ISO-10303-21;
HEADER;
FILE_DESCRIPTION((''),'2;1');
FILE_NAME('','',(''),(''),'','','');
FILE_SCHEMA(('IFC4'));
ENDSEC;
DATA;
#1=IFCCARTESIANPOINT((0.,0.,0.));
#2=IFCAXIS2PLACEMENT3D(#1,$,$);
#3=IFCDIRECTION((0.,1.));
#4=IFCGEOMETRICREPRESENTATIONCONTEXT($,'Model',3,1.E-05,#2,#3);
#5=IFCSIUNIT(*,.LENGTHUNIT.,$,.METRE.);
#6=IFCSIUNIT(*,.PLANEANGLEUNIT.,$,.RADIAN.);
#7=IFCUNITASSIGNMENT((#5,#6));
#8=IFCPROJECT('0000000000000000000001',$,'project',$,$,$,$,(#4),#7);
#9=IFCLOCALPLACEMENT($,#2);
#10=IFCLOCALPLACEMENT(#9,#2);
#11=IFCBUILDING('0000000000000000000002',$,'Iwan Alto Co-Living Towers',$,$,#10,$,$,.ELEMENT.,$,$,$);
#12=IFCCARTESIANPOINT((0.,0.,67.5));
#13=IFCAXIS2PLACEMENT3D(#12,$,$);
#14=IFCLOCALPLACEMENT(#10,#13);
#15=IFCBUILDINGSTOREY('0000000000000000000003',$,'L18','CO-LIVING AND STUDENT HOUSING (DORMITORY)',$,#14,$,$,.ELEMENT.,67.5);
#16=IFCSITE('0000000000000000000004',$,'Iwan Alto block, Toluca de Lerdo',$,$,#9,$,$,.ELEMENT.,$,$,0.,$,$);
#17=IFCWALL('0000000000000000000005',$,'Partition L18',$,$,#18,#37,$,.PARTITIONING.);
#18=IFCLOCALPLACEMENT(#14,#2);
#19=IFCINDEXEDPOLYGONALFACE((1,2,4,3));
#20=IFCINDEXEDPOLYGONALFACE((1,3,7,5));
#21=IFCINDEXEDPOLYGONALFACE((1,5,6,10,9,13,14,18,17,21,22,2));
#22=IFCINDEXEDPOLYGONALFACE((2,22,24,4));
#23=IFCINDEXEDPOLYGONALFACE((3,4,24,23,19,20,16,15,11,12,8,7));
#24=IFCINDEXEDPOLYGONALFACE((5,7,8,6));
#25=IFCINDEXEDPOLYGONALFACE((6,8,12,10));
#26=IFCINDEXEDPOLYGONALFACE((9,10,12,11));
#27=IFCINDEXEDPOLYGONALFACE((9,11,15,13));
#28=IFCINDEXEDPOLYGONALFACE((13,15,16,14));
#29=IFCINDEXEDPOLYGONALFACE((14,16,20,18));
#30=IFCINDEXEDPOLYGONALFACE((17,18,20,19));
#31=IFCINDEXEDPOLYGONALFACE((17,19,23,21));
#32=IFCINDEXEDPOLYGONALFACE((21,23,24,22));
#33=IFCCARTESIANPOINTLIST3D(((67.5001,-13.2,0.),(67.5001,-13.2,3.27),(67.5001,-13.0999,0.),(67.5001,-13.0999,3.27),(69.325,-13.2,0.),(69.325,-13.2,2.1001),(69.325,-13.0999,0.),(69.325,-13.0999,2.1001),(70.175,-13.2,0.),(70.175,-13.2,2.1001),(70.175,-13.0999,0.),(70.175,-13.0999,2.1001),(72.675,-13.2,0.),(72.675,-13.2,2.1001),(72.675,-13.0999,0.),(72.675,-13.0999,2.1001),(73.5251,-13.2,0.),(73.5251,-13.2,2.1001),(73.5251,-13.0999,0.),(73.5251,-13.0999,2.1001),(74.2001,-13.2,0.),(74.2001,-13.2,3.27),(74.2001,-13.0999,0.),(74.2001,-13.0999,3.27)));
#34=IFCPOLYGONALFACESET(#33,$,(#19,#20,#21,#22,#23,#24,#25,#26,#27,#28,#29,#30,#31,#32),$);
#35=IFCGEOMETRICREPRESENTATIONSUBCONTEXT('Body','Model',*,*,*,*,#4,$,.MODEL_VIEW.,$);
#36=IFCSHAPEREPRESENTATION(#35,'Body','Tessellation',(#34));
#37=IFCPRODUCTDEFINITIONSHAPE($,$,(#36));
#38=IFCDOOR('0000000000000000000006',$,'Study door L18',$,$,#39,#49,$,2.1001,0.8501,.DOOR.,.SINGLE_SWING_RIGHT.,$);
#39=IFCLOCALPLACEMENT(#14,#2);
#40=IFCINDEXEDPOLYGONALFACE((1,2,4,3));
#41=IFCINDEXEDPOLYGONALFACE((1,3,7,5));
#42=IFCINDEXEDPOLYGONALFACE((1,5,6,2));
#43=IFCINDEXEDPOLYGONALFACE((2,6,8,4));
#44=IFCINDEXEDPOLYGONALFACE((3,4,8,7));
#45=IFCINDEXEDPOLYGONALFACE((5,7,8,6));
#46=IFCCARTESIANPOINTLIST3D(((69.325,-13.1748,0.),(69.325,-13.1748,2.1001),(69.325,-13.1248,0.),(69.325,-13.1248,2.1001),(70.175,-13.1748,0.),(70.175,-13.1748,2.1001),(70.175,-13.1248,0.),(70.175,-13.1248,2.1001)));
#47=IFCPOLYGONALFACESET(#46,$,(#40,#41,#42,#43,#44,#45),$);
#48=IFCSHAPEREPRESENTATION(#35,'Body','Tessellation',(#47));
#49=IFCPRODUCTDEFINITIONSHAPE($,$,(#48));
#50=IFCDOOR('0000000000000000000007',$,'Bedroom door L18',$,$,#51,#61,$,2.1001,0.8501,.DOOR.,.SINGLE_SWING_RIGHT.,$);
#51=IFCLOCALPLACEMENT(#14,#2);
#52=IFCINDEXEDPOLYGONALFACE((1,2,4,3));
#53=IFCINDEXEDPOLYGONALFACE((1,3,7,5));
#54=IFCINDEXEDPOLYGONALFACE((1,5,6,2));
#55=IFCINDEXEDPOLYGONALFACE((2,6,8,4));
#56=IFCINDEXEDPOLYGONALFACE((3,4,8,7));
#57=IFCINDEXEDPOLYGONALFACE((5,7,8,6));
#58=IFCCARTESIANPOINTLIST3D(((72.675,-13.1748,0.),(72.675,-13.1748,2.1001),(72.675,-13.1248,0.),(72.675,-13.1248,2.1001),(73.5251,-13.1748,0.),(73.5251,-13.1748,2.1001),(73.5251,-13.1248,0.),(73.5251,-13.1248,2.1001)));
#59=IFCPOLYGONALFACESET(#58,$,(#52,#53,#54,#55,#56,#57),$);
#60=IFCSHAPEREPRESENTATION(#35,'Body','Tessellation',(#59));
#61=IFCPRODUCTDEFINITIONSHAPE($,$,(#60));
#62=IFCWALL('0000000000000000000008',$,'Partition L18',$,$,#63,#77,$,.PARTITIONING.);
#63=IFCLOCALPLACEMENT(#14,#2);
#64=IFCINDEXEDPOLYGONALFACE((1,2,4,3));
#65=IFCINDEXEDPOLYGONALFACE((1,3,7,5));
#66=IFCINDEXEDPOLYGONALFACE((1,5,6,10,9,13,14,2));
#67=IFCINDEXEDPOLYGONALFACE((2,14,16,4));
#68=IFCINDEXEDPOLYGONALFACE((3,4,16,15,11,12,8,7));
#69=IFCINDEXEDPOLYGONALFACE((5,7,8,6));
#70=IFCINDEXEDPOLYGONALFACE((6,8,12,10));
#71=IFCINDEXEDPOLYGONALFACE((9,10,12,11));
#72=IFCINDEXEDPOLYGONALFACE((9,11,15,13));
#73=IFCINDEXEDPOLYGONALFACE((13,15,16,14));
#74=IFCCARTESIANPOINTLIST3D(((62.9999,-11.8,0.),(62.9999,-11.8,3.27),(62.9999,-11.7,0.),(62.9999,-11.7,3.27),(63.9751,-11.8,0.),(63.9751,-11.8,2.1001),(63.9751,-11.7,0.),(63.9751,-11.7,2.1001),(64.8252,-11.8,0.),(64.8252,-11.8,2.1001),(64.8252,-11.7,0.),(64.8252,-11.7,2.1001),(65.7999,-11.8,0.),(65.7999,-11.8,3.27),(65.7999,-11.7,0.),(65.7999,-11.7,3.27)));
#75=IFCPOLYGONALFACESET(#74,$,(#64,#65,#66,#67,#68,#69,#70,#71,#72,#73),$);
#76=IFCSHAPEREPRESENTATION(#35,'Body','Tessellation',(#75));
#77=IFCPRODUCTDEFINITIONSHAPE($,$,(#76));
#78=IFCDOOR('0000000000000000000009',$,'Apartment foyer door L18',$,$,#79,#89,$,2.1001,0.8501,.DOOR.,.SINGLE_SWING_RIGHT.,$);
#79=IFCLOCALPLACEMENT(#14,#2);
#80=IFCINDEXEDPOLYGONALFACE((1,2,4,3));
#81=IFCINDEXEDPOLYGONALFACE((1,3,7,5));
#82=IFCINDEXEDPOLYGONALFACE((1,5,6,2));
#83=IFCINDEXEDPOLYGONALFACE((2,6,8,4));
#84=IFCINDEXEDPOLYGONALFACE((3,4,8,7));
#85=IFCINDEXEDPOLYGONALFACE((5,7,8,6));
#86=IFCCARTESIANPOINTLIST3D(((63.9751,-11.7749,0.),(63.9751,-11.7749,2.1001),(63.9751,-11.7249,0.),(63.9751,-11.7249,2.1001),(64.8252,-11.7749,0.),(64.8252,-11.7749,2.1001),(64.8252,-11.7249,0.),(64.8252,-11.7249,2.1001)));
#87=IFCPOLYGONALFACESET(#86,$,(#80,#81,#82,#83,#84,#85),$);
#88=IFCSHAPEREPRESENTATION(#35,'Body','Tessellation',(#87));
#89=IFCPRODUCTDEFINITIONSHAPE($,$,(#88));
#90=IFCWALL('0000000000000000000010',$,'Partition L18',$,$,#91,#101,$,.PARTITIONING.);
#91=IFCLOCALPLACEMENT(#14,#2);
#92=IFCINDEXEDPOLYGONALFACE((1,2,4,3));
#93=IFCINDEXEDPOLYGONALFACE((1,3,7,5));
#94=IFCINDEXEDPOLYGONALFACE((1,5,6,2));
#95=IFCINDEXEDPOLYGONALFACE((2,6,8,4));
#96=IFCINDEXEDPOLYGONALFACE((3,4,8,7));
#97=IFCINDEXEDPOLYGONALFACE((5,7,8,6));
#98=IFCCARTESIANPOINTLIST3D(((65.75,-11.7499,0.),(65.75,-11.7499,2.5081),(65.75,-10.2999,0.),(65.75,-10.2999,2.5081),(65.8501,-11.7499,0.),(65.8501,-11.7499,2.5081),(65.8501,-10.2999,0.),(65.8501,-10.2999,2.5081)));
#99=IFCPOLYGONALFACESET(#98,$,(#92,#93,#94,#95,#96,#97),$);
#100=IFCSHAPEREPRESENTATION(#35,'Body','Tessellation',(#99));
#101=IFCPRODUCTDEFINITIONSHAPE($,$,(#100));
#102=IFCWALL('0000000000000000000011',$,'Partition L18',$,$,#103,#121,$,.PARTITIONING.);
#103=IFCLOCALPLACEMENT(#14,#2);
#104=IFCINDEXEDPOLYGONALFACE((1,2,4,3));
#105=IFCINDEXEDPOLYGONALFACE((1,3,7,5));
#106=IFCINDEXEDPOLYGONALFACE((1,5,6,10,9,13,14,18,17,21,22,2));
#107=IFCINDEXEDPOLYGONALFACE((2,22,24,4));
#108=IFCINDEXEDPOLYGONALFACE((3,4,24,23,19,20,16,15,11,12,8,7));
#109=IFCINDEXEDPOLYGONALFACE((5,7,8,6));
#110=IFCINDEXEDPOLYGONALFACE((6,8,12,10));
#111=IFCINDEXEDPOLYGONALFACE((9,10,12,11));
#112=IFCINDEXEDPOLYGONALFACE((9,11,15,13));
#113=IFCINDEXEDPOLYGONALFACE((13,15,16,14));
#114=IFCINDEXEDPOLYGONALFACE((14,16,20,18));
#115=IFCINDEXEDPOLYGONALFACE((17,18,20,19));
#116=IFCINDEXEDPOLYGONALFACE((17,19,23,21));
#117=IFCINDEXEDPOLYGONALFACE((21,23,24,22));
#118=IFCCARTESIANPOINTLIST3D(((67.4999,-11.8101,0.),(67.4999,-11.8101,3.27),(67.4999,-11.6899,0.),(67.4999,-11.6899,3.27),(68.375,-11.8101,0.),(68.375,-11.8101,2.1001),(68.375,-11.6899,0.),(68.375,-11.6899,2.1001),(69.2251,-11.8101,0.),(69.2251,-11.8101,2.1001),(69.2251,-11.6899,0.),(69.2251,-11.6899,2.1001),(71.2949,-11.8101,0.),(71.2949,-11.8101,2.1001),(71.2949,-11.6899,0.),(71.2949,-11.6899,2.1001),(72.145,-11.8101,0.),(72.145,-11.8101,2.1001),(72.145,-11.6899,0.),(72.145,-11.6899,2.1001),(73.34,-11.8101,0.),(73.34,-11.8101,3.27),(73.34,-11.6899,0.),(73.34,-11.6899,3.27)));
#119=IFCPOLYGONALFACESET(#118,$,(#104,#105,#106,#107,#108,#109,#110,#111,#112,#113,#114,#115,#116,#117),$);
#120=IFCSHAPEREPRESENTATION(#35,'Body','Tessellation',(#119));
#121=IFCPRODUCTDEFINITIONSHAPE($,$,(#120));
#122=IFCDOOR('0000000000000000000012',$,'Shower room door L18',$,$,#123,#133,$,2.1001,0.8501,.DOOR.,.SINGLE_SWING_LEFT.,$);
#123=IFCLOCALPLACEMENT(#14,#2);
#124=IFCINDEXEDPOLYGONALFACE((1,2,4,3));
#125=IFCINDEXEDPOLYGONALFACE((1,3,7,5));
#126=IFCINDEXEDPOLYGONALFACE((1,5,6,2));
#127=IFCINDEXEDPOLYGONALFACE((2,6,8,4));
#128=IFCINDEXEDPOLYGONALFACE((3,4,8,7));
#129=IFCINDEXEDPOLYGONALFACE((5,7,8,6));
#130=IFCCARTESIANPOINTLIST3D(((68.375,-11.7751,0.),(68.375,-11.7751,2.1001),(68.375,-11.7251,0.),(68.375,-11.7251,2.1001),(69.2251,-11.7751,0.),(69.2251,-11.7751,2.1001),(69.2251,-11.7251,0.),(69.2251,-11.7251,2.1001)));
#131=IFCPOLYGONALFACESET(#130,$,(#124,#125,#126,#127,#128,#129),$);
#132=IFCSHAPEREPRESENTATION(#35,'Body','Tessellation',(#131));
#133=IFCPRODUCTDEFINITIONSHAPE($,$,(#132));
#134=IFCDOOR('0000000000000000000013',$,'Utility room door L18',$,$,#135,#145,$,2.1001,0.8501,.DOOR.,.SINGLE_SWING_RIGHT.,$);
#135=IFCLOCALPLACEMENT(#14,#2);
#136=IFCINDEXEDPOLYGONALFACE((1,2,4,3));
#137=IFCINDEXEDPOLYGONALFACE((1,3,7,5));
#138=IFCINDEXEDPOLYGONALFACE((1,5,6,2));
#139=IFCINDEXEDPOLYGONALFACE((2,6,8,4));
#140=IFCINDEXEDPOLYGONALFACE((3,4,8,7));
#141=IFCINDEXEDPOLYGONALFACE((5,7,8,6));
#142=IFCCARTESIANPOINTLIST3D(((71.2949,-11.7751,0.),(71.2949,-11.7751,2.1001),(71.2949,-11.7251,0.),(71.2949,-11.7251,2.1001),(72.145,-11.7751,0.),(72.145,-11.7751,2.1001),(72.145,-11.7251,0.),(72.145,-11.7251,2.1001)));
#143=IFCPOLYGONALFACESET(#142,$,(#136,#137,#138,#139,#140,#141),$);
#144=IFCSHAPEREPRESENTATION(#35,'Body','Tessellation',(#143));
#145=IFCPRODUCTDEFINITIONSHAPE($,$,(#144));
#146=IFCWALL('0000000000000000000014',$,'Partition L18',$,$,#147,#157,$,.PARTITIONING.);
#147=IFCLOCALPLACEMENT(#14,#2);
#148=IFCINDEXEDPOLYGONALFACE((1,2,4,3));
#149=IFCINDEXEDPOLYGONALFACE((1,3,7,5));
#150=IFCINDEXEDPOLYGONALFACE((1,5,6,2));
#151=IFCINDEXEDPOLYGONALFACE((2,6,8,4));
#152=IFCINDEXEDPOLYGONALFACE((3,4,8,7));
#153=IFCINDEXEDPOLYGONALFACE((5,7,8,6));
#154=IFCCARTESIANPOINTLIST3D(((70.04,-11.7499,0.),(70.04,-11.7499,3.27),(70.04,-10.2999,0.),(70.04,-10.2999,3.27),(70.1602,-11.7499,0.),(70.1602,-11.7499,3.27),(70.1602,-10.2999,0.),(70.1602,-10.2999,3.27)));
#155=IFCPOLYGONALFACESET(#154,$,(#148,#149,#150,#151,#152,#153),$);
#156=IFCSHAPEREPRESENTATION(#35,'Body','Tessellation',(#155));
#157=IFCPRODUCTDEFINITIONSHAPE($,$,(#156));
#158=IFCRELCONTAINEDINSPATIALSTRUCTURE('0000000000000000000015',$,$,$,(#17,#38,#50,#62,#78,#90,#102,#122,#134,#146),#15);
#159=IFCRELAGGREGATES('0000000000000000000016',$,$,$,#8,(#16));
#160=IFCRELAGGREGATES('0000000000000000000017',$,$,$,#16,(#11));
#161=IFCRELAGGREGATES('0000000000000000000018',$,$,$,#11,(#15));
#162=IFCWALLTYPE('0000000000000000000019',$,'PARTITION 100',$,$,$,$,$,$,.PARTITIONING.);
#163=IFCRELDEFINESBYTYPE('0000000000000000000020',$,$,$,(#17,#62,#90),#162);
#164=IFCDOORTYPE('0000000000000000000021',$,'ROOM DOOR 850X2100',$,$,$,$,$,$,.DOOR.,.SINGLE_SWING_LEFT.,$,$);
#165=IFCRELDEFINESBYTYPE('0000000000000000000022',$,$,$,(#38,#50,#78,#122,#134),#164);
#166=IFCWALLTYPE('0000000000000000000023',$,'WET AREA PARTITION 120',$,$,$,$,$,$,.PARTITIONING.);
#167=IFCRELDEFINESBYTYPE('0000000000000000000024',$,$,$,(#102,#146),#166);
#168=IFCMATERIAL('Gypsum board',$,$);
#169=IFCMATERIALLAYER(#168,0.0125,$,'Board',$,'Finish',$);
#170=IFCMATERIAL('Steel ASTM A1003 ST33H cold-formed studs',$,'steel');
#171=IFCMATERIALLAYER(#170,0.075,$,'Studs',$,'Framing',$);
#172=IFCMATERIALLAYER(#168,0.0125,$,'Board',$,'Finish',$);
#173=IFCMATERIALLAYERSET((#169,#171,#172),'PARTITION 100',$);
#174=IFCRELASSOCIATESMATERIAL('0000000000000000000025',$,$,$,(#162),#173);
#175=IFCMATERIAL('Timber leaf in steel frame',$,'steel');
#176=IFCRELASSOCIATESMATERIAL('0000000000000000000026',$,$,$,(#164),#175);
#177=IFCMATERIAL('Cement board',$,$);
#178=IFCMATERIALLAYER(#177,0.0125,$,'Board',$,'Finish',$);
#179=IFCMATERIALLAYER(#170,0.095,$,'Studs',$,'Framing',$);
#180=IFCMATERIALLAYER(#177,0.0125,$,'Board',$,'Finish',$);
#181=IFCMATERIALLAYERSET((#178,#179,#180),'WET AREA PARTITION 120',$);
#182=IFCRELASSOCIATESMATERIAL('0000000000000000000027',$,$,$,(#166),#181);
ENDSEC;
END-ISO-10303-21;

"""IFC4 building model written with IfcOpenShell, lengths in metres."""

from ifc_helpers import new_model, si_unit, direction, frame, frame_2d, origin, place, context, subcontext, project, spatial, rectangle, extrude, material, layer, layer_set, type_object, element, fill, save


model = new_model("IFC4")

# Units and contexts
model_context = context("Model", 3, precision=1e-05, world=origin(), true_north=direction((0.0, 1.0)))
body_context = subcontext(model_context, "Body", "Model", "MODEL_VIEW")
ifc_project = project(units=[si_unit("LENGTHUNIT", "METRE"), si_unit("PLANEANGLEUNIT", "RADIAN")], contexts=[model_context])

# Site, building, storey
site_placement = place(None, origin())
site = spatial("IfcSite", under=ifc_project, at=site_placement, Name="Iwan Alto block, Toluca de Lerdo", CompositionType="ELEMENT", RefElevation=0.0)
building_placement = place(site_placement, origin())
building = spatial("IfcBuilding", under=site, at=building_placement, Name="Iwan Alto Co-Living Towers", CompositionType="ELEMENT")
storey_placement = place(building_placement, frame((0.0, 0.0, 67.5)))
storey = spatial("IfcBuildingStorey", under=building, at=storey_placement, Name="L18", Description="CO-LIVING AND STUDENT HOUSING (DORMITORY)", CompositionType="ELEMENT", Elevation=67.5)

# Shared definitions
ifc_material_1 = material(Name="Gypsum board")
ifc_material_2 = material(Name="Steel ASTM A1003 ST33H cold-formed studs", Category="steel")

# Wall, openings, doors
ifc_layer_1 = layer(ifc_material_1, 0.0125, Name="Board", Category="Finish")
ifc_layer_2 = layer(ifc_material_2, 0.075, Name="Studs", Category="Framing")
ifc_layer_3 = layer(ifc_material_1, 0.0125, Name="Board", Category="Finish")
ifc_layer_set_1 = layer_set([ifc_layer_1, ifc_layer_2, ifc_layer_3], Name="PARTITION 100")
wall_type_1 = type_object("IfcWallType", Name="PARTITION 100", PredefinedType="PARTITIONING", material=ifc_layer_set_1)
wall_1_placement = place(storey_placement, frame((67.5, -13.1499, 0.0), z_axis=(0.0, 0.0, 1.0), x_axis=(1.0, 0.0, 0.0)))
wall_1 = element("IfcWall", 1, at=wall_1_placement, inside=storey, type_object=wall_type_1, Name="Partition L18", PredefinedType="PARTITIONING", context=body_context, shape_type="SweptSolid", body=[
    extrude(rectangle(XDim=6.7, YDim=0.1001, at=frame_2d((3.3501, 0.0))), origin(), (0.0, 0.0, 1.0), 3.27),
])
opening_1_placement = place(wall_1_placement, frame((1.825, 0.0, 0.0)))
opening_1 = element("IfcOpeningElement", 2, at=opening_1_placement, cuts=wall_1, PredefinedType="OPENING", context=body_context, shape_type="SweptSolid", body=[
    extrude(rectangle(XDim=0.8501, YDim=2.1001, at=frame_2d((0.425, 1.05))), frame((0.0, 0.0601, 0.0), z_axis=(0.0, -1.0, 0.0), x_axis=(1.0, 0.0, 0.0)), (0.0, 0.0, 1.0), 0.1201),
])
opening_2_placement = place(wall_1_placement, frame((5.175, 0.0, 0.0)))
opening_2 = element("IfcOpeningElement", 3, at=opening_2_placement, cuts=wall_1, PredefinedType="OPENING", context=body_context, shape_type="SweptSolid", body=[
    extrude(rectangle(XDim=0.8501, YDim=2.1001, at=frame_2d((0.425, 1.05))), frame((0.0, 0.0601, 0.0), z_axis=(0.0, -1.0, 0.0), x_axis=(1.0, 0.0, 0.0)), (0.0, 0.0, 1.0), 0.1201),
])
ifc_material_3 = material(Name="Timber leaf in steel frame", Category="steel")
door_type_1 = type_object("IfcDoorType", Name="ROOM DOOR 850X2100", OperationType="SINGLE_SWING_LEFT", PredefinedType="DOOR", material=ifc_material_3)
door_1_placement = place(opening_1_placement, frame((0.8501, 0.0, 0.0), z_axis=(0.0, 0.0, 1.0), x_axis=(-1.0, 0.0, 0.0)))
door_1 = element("IfcDoor", 4, at=door_1_placement, inside=storey, type_object=door_type_1, Name="Study door L18", OperationType="SINGLE_SWING_RIGHT", OverallHeight=2.1001, OverallWidth=0.8501, PredefinedType="DOOR", context=body_context, shape_type="SweptSolid", body=[
    extrude(rectangle(XDim=0.8501, YDim=2.1001, at=frame_2d((0.425, 1.05))), frame((0.0, 0.0249, 0.0), z_axis=(0.0, -1.0, 0.0), x_axis=(1.0, 0.0, 0.0)), (0.0, 0.0, 1.0), 0.05),
])
fill(opening_1, door_1)
door_2_placement = place(opening_2_placement, frame((0.8501, 0.0, 0.0), z_axis=(0.0, 0.0, 1.0), x_axis=(-1.0, 0.0, 0.0)))
door_2 = element("IfcDoor", 5, at=door_2_placement, inside=storey, type_object=door_type_1, Name="Bedroom door L18", OperationType="SINGLE_SWING_RIGHT", OverallHeight=2.1001, OverallWidth=0.8501, PredefinedType="DOOR", context=body_context, shape_type="SweptSolid", body=[
    extrude(rectangle(XDim=0.8501, YDim=2.1001, at=frame_2d((0.425, 1.05))), frame((0.0, 0.0249, 0.0), z_axis=(0.0, -1.0, 0.0), x_axis=(1.0, 0.0, 0.0)), (0.0, 0.0, 1.0), 0.05),
])
fill(opening_2, door_2)

# Wall, opening, door
wall_2_placement = place(storey_placement, frame((63.0, -11.75, 0.0), z_axis=(0.0, 0.0, 1.0), x_axis=(1.0, 0.0, 0.0)))
wall_2 = element("IfcWall", 6, at=wall_2_placement, inside=storey, type_object=wall_type_1, Name="Partition L18", PredefinedType="PARTITIONING", context=body_context, shape_type="SweptSolid", body=[
    extrude(rectangle(XDim=2.8, YDim=0.1001, at=frame_2d((1.3999, 0.0))), origin(), (0.0, 0.0, 1.0), 3.27),
])
opening_3_placement = place(wall_2_placement, frame((0.9751, 0.0, 0.0)))
opening_3 = element("IfcOpeningElement", 7, at=opening_3_placement, cuts=wall_2, PredefinedType="OPENING", context=body_context, shape_type="SweptSolid", body=[
    extrude(rectangle(XDim=0.8501, YDim=2.1001, at=frame_2d((0.425, 1.05))), frame((0.0, 0.0601, 0.0), z_axis=(0.0, -1.0, 0.0), x_axis=(1.0, 0.0, 0.0)), (0.0, 0.0, 1.0), 0.1201),
])
door_3_placement = place(opening_3_placement, frame((0.8501, 0.0, 0.0), z_axis=(0.0, 0.0, 1.0), x_axis=(-1.0, 0.0, 0.0)))
door_3 = element("IfcDoor", 8, at=door_3_placement, inside=storey, type_object=door_type_1, Name="Apartment foyer door L18", OperationType="SINGLE_SWING_RIGHT", OverallHeight=2.1001, OverallWidth=0.8501, PredefinedType="DOOR", context=body_context, shape_type="SweptSolid", body=[
    extrude(rectangle(XDim=0.8501, YDim=2.1001, at=frame_2d((0.425, 1.05))), frame((0.0, 0.0249, 0.0), z_axis=(0.0, -1.0, 0.0), x_axis=(1.0, 0.0, 0.0)), (0.0, 0.0, 1.0), 0.05),
])
fill(opening_3, door_3)

# Wall
wall_3_placement = place(storey_placement, frame((65.8, -11.75, 0.0), z_axis=(0.0, 0.0, 1.0), x_axis=(0.0, 1.0, 0.0)))
element("IfcWall", 9, at=wall_3_placement, inside=storey, type_object=wall_type_1, Name="Partition L18", PredefinedType="PARTITIONING", context=body_context, shape_type="SweptSolid", body=[
    extrude(rectangle(XDim=1.45, YDim=0.1001, at=frame_2d((0.7251, 0.0))), origin(), (0.0, 0.0, 1.0), 2.5081),
])

# Wall, openings, doors
ifc_material_4 = material(Name="Cement board")
ifc_layer_4 = layer(ifc_material_4, 0.0125, Name="Board", Category="Finish")
ifc_layer_5 = layer(ifc_material_2, 0.095, Name="Studs", Category="Framing")
ifc_layer_6 = layer(ifc_material_4, 0.0125, Name="Board", Category="Finish")
ifc_layer_set_2 = layer_set([ifc_layer_4, ifc_layer_5, ifc_layer_6], Name="WET AREA PARTITION 120")
wall_type_2 = type_object("IfcWallType", Name="WET AREA PARTITION 120", PredefinedType="PARTITIONING", material=ifc_layer_set_2)
wall_4_placement = place(storey_placement, frame((67.5, -11.75, 0.0), z_axis=(0.0, 0.0, 1.0), x_axis=(1.0, 0.0, 0.0)))
wall_4 = element("IfcWall", 10, at=wall_4_placement, inside=storey, type_object=wall_type_2, Name="Partition L18", PredefinedType="PARTITIONING", context=body_context, shape_type="SweptSolid", body=[
    extrude(rectangle(XDim=5.8401, YDim=0.1201, at=frame_2d((2.9199, 0.0))), origin(), (0.0, 0.0, 1.0), 3.27),
])
opening_4_placement = place(wall_4_placement, frame((0.875, 0.0, 0.0)))
opening_4 = element("IfcOpeningElement", 11, at=opening_4_placement, cuts=wall_4, PredefinedType="OPENING", context=body_context, shape_type="SweptSolid", body=[
    extrude(rectangle(XDim=0.8501, YDim=2.1001, at=frame_2d((0.425, 1.05))), frame((0.0, 0.0701, 0.0), z_axis=(0.0, -1.0, 0.0), x_axis=(1.0, 0.0, 0.0)), (0.0, 0.0, 1.0), 0.1401),
])
opening_5_placement = place(wall_4_placement, frame((3.7949, 0.0, 0.0)))
opening_5 = element("IfcOpeningElement", 12, at=opening_5_placement, cuts=wall_4, PredefinedType="OPENING", context=body_context, shape_type="SweptSolid", body=[
    extrude(rectangle(XDim=0.8501, YDim=2.1001, at=frame_2d((0.425, 1.05))), frame((0.0, 0.0701, 0.0), z_axis=(0.0, -1.0, 0.0), x_axis=(1.0, 0.0, 0.0)), (0.0, 0.0, 1.0), 0.1401),
])
door_4_placement = place(opening_4_placement, origin())
door_4 = element("IfcDoor", 13, at=door_4_placement, inside=storey, type_object=door_type_1, Name="Shower room door L18", OperationType="SINGLE_SWING_LEFT", OverallHeight=2.1001, OverallWidth=0.8501, PredefinedType="DOOR", context=body_context, shape_type="SweptSolid", body=[
    extrude(rectangle(XDim=0.8501, YDim=2.1001, at=frame_2d((0.425, 1.05))), frame((0.0, 0.0249, 0.0), z_axis=(0.0, -1.0, 0.0), x_axis=(1.0, 0.0, 0.0)), (0.0, 0.0, 1.0), 0.05),
])
fill(opening_4, door_4)
door_5_placement = place(opening_5_placement, origin())
door_5 = element("IfcDoor", 14, at=door_5_placement, inside=storey, type_object=door_type_1, Name="Utility room door L18", OperationType="SINGLE_SWING_RIGHT", OverallHeight=2.1001, OverallWidth=0.8501, PredefinedType="DOOR", context=body_context, shape_type="SweptSolid", body=[
    extrude(rectangle(XDim=0.8501, YDim=2.1001, at=frame_2d((0.425, 1.05))), frame((0.0, 0.0249, 0.0), z_axis=(0.0, -1.0, 0.0), x_axis=(1.0, 0.0, 0.0)), (0.0, 0.0, 1.0), 0.05),
])
fill(opening_5, door_5)

# Wall
wall_5_placement = place(storey_placement, frame((70.1001, -11.75, 0.0), z_axis=(0.0, 0.0, 1.0), x_axis=(0.0, 1.0, 0.0)))
element("IfcWall", 15, at=wall_5_placement, inside=storey, type_object=wall_type_2, Name="Partition L18", PredefinedType="PARTITIONING", context=body_context, shape_type="SweptSolid", body=[
    extrude(rectangle(XDim=1.45, YDim=0.1201, at=frame_2d((0.7251, 0.0))), origin(), (0.0, 0.0, 1.0), 3.27),
])

save(model, "model.ifc")
